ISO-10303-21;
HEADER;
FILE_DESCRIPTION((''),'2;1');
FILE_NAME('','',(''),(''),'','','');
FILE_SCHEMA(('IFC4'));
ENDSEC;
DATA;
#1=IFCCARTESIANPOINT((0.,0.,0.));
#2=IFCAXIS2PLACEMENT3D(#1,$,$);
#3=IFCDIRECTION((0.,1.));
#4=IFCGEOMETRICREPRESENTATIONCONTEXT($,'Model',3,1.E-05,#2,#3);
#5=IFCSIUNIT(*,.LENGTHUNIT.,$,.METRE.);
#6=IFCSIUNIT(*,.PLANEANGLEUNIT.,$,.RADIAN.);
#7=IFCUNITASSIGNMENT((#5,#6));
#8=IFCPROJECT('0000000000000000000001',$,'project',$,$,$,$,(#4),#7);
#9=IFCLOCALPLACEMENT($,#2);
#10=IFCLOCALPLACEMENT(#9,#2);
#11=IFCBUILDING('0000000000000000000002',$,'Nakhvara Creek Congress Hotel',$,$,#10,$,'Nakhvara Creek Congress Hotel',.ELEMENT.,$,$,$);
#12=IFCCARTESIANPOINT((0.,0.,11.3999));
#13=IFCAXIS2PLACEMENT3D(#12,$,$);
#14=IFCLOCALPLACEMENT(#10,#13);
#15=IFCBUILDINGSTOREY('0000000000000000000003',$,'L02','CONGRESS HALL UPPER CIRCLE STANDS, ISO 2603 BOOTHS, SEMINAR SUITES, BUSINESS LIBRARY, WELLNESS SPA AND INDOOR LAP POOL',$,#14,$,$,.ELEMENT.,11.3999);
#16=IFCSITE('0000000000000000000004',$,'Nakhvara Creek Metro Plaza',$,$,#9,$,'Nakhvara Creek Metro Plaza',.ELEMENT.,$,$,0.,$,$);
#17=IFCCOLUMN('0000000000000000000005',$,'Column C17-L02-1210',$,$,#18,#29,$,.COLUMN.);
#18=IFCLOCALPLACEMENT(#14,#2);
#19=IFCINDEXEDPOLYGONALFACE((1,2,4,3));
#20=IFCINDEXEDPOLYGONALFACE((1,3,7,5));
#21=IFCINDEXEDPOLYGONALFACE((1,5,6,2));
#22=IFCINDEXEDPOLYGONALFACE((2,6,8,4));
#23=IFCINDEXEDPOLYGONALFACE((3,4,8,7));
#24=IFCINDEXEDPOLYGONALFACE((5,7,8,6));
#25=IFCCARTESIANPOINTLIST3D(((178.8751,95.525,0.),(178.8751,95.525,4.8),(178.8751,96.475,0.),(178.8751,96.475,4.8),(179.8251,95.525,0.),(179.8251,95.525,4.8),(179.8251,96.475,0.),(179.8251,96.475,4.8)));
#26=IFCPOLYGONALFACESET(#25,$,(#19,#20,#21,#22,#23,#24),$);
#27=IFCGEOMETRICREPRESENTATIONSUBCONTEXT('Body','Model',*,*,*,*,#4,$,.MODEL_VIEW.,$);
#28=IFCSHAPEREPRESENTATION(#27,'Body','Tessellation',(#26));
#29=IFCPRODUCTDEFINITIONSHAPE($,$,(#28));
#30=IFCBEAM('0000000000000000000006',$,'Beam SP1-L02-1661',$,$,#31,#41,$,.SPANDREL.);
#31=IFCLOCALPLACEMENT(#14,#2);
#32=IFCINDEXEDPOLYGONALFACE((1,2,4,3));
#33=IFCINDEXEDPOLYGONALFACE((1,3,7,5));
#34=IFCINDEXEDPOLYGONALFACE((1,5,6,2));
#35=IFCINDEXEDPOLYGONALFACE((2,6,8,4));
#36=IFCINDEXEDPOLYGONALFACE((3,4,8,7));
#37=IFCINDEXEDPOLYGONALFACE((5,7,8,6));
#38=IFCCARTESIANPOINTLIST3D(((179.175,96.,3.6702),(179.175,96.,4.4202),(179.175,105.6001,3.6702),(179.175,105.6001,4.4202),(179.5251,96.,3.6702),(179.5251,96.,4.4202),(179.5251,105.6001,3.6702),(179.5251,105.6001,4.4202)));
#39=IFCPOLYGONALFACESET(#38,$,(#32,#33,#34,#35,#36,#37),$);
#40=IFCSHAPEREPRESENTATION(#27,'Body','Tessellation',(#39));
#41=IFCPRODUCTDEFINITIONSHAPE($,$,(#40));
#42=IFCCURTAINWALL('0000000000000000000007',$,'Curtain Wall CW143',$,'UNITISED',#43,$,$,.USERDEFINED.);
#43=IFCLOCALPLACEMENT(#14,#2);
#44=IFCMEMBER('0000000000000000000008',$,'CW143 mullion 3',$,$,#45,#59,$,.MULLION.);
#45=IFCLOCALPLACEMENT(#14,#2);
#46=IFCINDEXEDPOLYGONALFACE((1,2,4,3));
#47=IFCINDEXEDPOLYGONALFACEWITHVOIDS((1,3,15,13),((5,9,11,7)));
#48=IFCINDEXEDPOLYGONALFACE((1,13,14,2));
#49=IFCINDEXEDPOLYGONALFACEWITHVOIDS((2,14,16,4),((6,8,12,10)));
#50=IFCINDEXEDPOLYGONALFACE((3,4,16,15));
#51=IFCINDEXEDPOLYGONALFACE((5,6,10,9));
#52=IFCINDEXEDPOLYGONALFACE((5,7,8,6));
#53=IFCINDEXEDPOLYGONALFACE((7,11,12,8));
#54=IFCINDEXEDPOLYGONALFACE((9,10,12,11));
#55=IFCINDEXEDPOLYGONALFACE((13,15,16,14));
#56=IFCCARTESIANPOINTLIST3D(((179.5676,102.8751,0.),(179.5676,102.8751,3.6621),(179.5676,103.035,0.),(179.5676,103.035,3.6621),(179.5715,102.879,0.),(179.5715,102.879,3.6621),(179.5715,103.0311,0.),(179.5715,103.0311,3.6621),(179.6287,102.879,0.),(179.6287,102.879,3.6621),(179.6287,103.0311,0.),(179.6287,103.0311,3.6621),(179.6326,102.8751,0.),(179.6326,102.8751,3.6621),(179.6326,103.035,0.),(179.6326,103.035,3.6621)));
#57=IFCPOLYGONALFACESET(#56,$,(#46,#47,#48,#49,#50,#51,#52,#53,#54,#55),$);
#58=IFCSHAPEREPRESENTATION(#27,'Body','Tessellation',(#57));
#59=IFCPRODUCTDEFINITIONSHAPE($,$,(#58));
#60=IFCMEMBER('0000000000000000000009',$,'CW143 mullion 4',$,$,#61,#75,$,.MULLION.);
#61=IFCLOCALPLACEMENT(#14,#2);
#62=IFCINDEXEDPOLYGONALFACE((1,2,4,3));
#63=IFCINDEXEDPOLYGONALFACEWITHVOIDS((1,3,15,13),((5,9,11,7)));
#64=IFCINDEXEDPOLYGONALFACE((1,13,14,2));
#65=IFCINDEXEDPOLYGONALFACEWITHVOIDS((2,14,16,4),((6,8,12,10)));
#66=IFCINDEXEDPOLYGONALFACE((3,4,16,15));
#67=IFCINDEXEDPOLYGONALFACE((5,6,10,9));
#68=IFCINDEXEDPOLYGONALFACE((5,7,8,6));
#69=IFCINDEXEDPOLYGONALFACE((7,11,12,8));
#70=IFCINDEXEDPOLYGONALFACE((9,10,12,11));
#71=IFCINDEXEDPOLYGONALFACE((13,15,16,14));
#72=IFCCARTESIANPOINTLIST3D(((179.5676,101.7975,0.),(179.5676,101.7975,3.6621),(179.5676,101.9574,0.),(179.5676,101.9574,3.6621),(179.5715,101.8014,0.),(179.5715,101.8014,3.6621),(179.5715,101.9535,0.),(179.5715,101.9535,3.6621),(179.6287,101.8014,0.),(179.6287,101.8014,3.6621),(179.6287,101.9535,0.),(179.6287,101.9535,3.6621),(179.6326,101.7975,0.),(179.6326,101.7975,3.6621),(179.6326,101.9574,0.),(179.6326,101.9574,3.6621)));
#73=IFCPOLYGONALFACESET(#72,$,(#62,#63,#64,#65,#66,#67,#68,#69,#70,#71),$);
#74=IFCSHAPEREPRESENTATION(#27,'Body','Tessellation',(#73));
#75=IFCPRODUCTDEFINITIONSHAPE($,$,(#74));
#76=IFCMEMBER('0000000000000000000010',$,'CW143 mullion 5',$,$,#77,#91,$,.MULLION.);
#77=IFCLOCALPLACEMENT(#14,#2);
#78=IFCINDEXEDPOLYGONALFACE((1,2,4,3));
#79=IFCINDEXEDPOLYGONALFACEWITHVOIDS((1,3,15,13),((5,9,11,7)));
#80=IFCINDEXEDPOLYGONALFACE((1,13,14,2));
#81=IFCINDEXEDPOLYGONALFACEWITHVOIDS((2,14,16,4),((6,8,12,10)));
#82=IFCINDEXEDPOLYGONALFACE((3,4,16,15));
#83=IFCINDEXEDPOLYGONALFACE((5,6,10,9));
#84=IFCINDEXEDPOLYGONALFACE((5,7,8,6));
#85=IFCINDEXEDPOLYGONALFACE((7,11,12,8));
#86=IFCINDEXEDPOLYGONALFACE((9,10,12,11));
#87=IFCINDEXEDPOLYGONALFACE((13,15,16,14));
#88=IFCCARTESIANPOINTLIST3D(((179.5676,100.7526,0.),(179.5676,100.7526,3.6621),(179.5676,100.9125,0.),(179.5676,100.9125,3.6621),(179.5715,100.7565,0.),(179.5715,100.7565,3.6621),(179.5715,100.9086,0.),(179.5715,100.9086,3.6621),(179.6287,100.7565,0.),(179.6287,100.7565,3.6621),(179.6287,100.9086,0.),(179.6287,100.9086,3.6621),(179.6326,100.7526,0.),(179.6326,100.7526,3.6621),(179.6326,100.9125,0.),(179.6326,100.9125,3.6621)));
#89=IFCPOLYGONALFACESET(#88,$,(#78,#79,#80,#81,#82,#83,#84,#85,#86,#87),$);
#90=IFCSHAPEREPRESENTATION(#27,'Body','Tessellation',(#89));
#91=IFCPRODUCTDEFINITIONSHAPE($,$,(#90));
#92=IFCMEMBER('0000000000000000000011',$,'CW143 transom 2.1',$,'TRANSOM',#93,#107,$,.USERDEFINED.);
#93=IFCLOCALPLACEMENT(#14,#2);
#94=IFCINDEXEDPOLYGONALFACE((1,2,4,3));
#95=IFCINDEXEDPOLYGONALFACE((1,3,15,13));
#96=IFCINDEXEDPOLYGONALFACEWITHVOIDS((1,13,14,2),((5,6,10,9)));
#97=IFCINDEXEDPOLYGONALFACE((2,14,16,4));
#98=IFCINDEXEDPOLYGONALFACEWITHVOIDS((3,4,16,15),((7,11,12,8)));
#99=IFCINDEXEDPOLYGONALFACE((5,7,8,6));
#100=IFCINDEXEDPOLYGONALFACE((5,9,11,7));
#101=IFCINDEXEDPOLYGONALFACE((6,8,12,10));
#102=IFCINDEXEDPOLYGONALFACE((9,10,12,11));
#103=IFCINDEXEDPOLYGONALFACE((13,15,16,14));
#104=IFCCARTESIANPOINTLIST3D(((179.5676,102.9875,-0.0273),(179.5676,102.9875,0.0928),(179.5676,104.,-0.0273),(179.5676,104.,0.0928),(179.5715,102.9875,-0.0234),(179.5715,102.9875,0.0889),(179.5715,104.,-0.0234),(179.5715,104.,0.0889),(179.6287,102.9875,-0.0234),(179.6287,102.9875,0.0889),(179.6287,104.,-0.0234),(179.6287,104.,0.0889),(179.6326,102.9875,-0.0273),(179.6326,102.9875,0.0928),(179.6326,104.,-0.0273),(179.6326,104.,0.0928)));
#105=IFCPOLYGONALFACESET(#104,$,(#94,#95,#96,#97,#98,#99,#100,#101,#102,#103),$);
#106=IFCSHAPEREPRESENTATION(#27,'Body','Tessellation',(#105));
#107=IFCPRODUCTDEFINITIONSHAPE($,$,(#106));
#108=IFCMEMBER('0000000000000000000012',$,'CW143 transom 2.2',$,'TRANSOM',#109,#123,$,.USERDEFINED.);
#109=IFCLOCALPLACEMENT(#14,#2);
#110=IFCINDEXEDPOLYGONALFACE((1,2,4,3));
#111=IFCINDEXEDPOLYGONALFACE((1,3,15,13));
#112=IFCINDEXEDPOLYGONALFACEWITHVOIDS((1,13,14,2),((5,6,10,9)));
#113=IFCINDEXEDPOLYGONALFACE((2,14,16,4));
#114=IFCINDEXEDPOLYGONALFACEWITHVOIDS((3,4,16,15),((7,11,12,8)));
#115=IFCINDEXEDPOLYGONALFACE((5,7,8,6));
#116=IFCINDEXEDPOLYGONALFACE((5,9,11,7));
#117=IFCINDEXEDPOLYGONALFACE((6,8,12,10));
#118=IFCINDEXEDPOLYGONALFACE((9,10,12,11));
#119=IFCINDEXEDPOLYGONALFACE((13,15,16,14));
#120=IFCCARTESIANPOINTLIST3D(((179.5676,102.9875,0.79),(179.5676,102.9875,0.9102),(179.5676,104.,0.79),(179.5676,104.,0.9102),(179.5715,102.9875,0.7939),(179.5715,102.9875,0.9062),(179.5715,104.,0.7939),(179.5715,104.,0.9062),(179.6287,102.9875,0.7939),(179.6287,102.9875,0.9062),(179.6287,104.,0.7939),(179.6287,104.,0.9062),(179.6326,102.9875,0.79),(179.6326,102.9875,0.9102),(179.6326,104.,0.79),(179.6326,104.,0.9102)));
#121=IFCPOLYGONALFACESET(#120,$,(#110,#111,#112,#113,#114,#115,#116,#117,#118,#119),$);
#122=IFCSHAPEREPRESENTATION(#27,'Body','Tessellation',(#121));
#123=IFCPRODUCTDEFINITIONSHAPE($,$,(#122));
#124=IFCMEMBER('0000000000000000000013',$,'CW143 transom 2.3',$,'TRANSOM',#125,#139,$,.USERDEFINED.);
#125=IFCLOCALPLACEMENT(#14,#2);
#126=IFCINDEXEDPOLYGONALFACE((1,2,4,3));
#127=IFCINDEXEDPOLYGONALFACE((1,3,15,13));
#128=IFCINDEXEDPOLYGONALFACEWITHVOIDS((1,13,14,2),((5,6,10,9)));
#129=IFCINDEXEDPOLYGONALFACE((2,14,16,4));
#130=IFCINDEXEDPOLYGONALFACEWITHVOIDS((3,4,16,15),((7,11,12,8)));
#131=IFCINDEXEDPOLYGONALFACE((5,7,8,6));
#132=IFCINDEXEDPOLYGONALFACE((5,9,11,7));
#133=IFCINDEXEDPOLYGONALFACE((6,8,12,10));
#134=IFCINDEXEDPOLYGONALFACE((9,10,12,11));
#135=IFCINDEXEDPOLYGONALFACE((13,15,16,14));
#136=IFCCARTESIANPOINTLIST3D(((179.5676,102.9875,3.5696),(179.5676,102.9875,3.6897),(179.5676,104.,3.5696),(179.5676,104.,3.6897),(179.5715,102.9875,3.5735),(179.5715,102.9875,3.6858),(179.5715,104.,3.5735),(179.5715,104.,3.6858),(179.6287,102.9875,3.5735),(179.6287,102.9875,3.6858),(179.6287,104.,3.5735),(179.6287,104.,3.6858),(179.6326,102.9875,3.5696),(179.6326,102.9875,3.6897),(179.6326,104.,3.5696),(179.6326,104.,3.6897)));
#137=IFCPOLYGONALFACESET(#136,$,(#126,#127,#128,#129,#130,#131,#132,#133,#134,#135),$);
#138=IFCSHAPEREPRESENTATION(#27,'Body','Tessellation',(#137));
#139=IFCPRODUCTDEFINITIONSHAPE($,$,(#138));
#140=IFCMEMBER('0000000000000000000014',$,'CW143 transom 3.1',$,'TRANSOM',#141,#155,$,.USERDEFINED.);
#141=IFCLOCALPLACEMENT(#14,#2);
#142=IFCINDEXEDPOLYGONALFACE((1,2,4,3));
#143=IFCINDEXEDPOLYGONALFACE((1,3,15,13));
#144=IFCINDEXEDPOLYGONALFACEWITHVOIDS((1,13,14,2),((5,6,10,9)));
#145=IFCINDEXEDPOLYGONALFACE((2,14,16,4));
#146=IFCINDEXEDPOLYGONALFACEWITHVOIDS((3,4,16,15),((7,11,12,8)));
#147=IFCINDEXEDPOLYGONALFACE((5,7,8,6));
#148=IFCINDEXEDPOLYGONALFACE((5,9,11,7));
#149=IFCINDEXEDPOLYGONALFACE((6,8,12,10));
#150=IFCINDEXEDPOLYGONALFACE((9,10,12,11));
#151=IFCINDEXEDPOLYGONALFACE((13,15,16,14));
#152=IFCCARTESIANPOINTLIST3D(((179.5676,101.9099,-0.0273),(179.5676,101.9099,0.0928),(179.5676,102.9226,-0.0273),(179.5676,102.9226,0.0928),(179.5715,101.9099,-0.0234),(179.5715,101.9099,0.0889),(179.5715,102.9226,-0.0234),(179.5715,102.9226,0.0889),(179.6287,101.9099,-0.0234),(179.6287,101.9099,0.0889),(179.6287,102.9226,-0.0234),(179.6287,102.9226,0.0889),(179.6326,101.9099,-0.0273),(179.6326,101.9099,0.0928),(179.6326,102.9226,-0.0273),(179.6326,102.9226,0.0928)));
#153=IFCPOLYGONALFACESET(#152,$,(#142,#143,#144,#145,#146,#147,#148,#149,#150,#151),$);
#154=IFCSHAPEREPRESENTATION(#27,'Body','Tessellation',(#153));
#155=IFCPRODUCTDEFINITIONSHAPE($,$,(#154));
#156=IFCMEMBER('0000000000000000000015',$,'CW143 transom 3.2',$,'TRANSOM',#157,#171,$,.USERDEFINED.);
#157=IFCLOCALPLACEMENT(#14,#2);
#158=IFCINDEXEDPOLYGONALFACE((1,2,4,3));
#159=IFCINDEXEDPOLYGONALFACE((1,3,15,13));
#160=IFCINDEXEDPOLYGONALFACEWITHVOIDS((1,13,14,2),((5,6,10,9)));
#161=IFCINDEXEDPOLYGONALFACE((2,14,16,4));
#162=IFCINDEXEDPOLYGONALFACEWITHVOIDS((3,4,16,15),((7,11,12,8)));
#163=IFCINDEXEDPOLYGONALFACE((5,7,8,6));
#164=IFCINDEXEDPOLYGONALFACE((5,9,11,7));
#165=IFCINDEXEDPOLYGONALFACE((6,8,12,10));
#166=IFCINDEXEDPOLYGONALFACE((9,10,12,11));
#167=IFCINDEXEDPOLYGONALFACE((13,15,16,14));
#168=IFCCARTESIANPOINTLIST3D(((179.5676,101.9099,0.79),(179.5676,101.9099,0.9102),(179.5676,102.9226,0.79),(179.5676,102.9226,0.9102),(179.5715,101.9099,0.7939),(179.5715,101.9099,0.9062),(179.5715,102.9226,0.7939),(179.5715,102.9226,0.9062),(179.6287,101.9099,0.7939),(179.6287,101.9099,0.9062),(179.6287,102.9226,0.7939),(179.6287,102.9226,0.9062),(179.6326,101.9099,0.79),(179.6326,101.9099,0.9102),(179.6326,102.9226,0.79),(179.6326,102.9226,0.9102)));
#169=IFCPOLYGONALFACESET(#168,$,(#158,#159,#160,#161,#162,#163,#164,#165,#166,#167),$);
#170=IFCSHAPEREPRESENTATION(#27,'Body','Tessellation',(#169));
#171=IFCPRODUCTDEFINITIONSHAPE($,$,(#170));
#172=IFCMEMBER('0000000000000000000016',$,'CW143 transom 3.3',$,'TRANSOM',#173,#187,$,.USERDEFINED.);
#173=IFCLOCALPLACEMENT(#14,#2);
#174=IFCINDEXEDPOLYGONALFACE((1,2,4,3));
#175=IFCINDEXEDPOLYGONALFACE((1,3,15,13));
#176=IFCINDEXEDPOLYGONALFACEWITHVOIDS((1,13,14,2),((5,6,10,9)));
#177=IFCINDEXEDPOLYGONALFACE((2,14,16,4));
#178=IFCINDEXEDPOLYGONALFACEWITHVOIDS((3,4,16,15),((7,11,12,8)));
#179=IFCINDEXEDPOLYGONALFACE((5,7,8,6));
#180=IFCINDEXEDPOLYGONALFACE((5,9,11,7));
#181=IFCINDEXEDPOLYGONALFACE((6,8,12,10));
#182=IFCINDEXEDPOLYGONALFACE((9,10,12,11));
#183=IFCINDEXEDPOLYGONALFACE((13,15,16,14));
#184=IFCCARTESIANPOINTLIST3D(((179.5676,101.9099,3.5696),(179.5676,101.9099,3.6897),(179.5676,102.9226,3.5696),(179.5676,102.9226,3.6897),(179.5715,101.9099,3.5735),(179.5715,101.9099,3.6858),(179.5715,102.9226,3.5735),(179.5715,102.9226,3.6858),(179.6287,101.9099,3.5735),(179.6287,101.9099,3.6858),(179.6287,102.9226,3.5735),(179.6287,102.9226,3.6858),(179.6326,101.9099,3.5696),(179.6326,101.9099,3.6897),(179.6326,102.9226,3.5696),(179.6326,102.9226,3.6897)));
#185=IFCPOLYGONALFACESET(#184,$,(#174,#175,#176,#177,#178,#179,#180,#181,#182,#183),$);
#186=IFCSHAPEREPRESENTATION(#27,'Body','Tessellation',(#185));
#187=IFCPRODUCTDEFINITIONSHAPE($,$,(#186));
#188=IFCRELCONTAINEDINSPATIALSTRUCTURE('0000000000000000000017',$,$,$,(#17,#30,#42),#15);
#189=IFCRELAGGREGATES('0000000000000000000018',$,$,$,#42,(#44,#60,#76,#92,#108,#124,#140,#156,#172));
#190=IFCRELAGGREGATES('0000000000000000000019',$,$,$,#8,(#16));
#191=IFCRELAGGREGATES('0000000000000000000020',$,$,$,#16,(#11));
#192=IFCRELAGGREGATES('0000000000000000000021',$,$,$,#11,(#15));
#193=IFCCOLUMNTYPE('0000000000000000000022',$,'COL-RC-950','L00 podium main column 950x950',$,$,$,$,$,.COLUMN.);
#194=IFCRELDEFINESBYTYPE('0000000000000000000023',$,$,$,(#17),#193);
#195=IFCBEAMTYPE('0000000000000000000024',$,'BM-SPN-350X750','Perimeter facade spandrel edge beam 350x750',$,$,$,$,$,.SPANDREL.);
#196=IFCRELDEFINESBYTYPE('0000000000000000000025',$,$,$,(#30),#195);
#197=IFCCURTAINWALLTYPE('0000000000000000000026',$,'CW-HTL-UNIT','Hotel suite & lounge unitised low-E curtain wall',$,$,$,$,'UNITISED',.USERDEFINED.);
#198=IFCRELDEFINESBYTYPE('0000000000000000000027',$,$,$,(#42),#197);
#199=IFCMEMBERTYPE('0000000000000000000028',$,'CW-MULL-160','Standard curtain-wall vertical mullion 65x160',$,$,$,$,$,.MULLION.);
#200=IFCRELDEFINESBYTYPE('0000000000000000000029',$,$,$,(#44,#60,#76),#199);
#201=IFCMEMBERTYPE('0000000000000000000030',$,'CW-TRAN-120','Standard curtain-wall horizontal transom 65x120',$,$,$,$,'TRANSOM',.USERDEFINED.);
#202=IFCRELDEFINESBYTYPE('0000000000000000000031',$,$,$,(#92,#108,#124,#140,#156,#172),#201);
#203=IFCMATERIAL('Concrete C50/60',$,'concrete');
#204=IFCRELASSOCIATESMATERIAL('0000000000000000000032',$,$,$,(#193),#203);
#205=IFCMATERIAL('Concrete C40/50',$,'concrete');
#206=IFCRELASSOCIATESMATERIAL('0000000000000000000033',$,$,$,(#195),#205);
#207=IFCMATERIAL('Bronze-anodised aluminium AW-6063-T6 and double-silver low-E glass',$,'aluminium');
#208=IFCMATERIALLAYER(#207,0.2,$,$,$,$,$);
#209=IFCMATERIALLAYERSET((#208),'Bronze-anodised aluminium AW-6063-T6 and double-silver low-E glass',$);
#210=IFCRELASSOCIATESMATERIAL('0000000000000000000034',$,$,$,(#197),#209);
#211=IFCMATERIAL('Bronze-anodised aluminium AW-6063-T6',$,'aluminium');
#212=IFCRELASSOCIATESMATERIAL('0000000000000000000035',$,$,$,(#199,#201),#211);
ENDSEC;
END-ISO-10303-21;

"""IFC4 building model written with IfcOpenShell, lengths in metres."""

from ifc_helpers import new_model, si_unit, direction, frame, origin, origin_2d, place, context, subcontext, project, spatial, rectangle, hollow_rectangle, extrude, material, layer, layer_set, material_profile, profile_set, type_object, element, aggregate, save


model = new_model("IFC4")

# Units and contexts
model_context = context("Model", 3, precision=1e-05, world=origin(), true_north=direction((0.0, 1.0)))
body_context = subcontext(model_context, "Body", "Model", "MODEL_VIEW")
ifc_project = project(units=[si_unit("LENGTHUNIT", "METRE"), si_unit("PLANEANGLEUNIT", "RADIAN")], contexts=[model_context])

# Site, building, storey
site_placement = place(None, origin())
site = spatial("IfcSite", under=ifc_project, at=site_placement, Name="Nakhvara Creek Metro Plaza", LongName="Nakhvara Creek Metro Plaza", CompositionType="ELEMENT", RefElevation=0.0)
building_placement = place(site_placement, origin())
building = spatial("IfcBuilding", under=site, at=building_placement, Name="Nakhvara Creek Congress Hotel", LongName="Nakhvara Creek Congress Hotel", CompositionType="ELEMENT")
storey_placement = place(building_placement, frame((0.0, 0.0, 11.3999)))
storey = spatial("IfcBuildingStorey", under=building, at=storey_placement, Name="L02", Description="CONGRESS HALL UPPER CIRCLE STANDS, ISO 2603 BOOTHS, SEMINAR SUITES, BUSINESS LIBRARY, WELLNESS SPA AND INDOOR LAP POOL", CompositionType="ELEMENT", Elevation=11.3999)

# Column
ifc_material_1 = material(Name="Concrete C50/60", Category="concrete")
ifc_material_profile_1 = material_profile(ifc_material_1, rectangle(XDim=0.95, YDim=0.95, at=origin_2d()), Name="RC-COL 950x950", Category="LoadBearing")
ifc_profile_set_1 = profile_set([ifc_material_profile_1], Name="Concrete C50/60")
column_type = type_object("IfcColumnType", Name="COL-RC-950", Description="L00 podium main column 950x950", PredefinedType="COLUMN", material=ifc_profile_set_1)
column_placement = place(storey_placement, frame((179.3501, 96.0, 0.0), z_axis=(0.0, 0.0, 1.0), x_axis=(1.0, 0.0, 0.0)))
element("IfcColumn", 1, at=column_placement, inside=storey, type_object=column_type, Name="Column C17-L02-1210", PredefinedType="COLUMN", context=body_context, shape_type="SweptSolid", body=[
    extrude(rectangle(XDim=0.95, YDim=0.95, at=origin_2d()), origin(), (0.0, 0.0, 1.0), 4.8),
])

# Beam
ifc_material_2 = material(Name="Concrete C40/50", Category="concrete")
ifc_material_profile_2 = material_profile(ifc_material_2, rectangle(XDim=0.3501, YDim=0.75, at=origin_2d()), Name="RC-SPANDREL 350x750", Category="LoadBearing")
ifc_profile_set_2 = profile_set([ifc_material_profile_2], Name="Concrete C40/50")
beam_type = type_object("IfcBeamType", Name="BM-SPN-350X750", Description="Perimeter facade spandrel edge beam 350x750", PredefinedType="SPANDREL", material=ifc_profile_set_2)
beam_placement = place(storey_placement, frame((179.3501, 96.0, 4.0452), z_axis=(0.0, 1.0, 0.0), x_axis=(-1.0, 0.0, 0.0)))
element("IfcBeam", 2, at=beam_placement, inside=storey, type_object=beam_type, Name="Beam SP1-L02-1661", PredefinedType="SPANDREL", context=body_context, shape_type="SweptSolid", body=[
    extrude(rectangle(XDim=0.3501, YDim=0.75, at=origin_2d()), origin(), (0.0, 0.0, 1.0), 9.6001),
])

# Curtain wall, members
ifc_material_3 = material(Name="Bronze-anodised aluminium AW-6063-T6 and double-silver low-E glass", Category="aluminium")
ifc_layer_1 = layer(ifc_material_3, 0.2)
ifc_layer_set_1 = layer_set([ifc_layer_1], Name="Bronze-anodised aluminium AW-6063-T6 and double-silver low-E glass")
curtain_wall_type = type_object("IfcCurtainWallType", Name="CW-HTL-UNIT", Description="Hotel suite & lounge unitised low-E curtain wall", ElementType="UNITISED", PredefinedType="USERDEFINED", material=ifc_layer_set_1)
curtain_wall_placement = place(storey_placement, origin())
curtain_wall = element("IfcCurtainWall", 3, at=curtain_wall_placement, inside=storey, type_object=curtain_wall_type, Name="Curtain Wall CW143", ObjectType="UNITISED", PredefinedType="USERDEFINED")
ifc_material_4 = material(Name="Bronze-anodised aluminium AW-6063-T6", Category="aluminium")
ifc_material_profile_3 = material_profile(ifc_material_4, hollow_rectangle(XDim=0.0649, YDim=0.1599, WallThickness=0.0039, at=origin_2d()), Name="ALU-MULL 65x160x4", Category="LoadBearing")
ifc_profile_set_3 = profile_set([ifc_material_profile_3], Name="Bronze-anodised aluminium AW-6063-T6")
member_type_1 = type_object("IfcMemberType", Name="CW-MULL-160", Description="Standard curtain-wall vertical mullion 65x160", PredefinedType="MULLION", material=ifc_profile_set_3)
member_1_placement = place(storey_placement, frame((179.6001, 102.9551, 0.0), z_axis=(0.0, 0.0, 1.0), x_axis=(1.0, 0.0, 0.0)))
member_1 = element("IfcMember", 4, at=member_1_placement, type_object=member_type_1, Name="CW143 mullion 3", PredefinedType="MULLION", context=body_context, shape_type="SweptSolid", body=[
    extrude(hollow_rectangle(XDim=0.0649, YDim=0.1599, WallThickness=0.0039, at=origin_2d()), origin(), (0.0, 0.0, 1.0), 3.6621),
])
member_2_placement = place(storey_placement, frame((179.6001, 101.8774, 0.0), z_axis=(0.0, 0.0, 1.0), x_axis=(1.0, 0.0, 0.0)))
member_2 = element("IfcMember", 5, at=member_2_placement, type_object=member_type_1, Name="CW143 mullion 4", PredefinedType="MULLION", context=body_context, shape_type="SweptSolid", body=[
    extrude(hollow_rectangle(XDim=0.0649, YDim=0.1599, WallThickness=0.0039, at=origin_2d()), origin(), (0.0, 0.0, 1.0), 3.6621),
])
member_3_placement = place(storey_placement, frame((179.6001, 100.8325, 0.0), z_axis=(0.0, 0.0, 1.0), x_axis=(1.0, 0.0, 0.0)))
member_3 = element("IfcMember", 6, at=member_3_placement, type_object=member_type_1, Name="CW143 mullion 5", PredefinedType="MULLION", context=body_context, shape_type="SweptSolid", body=[
    extrude(hollow_rectangle(XDim=0.0649, YDim=0.1599, WallThickness=0.0039, at=origin_2d()), origin(), (0.0, 0.0, 1.0), 3.6621),
])
ifc_material_profile_4 = material_profile(ifc_material_4, hollow_rectangle(XDim=0.0649, YDim=0.1201, WallThickness=0.0039, at=origin_2d()), Name="ALU-TRAN 65x120x4", Category="LoadBearing")
ifc_profile_set_4 = profile_set([ifc_material_profile_4], Name="Bronze-anodised aluminium AW-6063-T6")
member_type_2 = type_object("IfcMemberType", Name="CW-TRAN-120", Description="Standard curtain-wall horizontal transom 65x120", ElementType="TRANSOM", PredefinedType="USERDEFINED", material=ifc_profile_set_4)
member_4_placement = place(storey_placement, frame((179.6001, 104.0, 0.0327), z_axis=(0.0, -1.0, 0.0), x_axis=(1.0, 0.0, 0.0)))
member_4 = element("IfcMember", 7, at=member_4_placement, type_object=member_type_2, Name="CW143 transom 2.1", ObjectType="TRANSOM", PredefinedType="USERDEFINED", context=body_context, shape_type="SweptSolid", body=[
    extrude(hollow_rectangle(XDim=0.0649, YDim=0.1201, WallThickness=0.0039, at=origin_2d()), origin(), (0.0, 0.0, 1.0), 1.0125),
])
member_5_placement = place(storey_placement, frame((179.6001, 104.0, 0.8501), z_axis=(0.0, -1.0, 0.0), x_axis=(1.0, 0.0, 0.0)))
member_5 = element("IfcMember", 8, at=member_5_placement, type_object=member_type_2, Name="CW143 transom 2.2", ObjectType="TRANSOM", PredefinedType="USERDEFINED", context=body_context, shape_type="SweptSolid", body=[
    extrude(hollow_rectangle(XDim=0.0649, YDim=0.1201, WallThickness=0.0039, at=origin_2d()), origin(), (0.0, 0.0, 1.0), 1.0125),
])
member_6_placement = place(storey_placement, frame((179.6001, 104.0, 3.6296), z_axis=(0.0, -1.0, 0.0), x_axis=(1.0, 0.0, 0.0)))
member_6 = element("IfcMember", 9, at=member_6_placement, type_object=member_type_2, Name="CW143 transom 2.3", ObjectType="TRANSOM", PredefinedType="USERDEFINED", context=body_context, shape_type="SweptSolid", body=[
    extrude(hollow_rectangle(XDim=0.0649, YDim=0.1201, WallThickness=0.0039, at=origin_2d()), origin(), (0.0, 0.0, 1.0), 1.0125),
])
member_7_placement = place(storey_placement, frame((179.6001, 102.9226, 0.0327), z_axis=(0.0, -1.0, 0.0), x_axis=(1.0, 0.0, 0.0)))
member_7 = element("IfcMember", 10, at=member_7_placement, type_object=member_type_2, Name="CW143 transom 3.1", ObjectType="TRANSOM", PredefinedType="USERDEFINED", context=body_context, shape_type="SweptSolid", body=[
    extrude(hollow_rectangle(XDim=0.0649, YDim=0.1201, WallThickness=0.0039, at=origin_2d()), origin(), (0.0, 0.0, 1.0), 1.0127),
])
member_8_placement = place(storey_placement, frame((179.6001, 102.9226, 0.8501), z_axis=(0.0, -1.0, 0.0), x_axis=(1.0, 0.0, 0.0)))
member_8 = element("IfcMember", 11, at=member_8_placement, type_object=member_type_2, Name="CW143 transom 3.2", ObjectType="TRANSOM", PredefinedType="USERDEFINED", context=body_context, shape_type="SweptSolid", body=[
    extrude(hollow_rectangle(XDim=0.0649, YDim=0.1201, WallThickness=0.0039, at=origin_2d()), origin(), (0.0, 0.0, 1.0), 1.0127),
])
member_9_placement = place(storey_placement, frame((179.6001, 102.9226, 3.6296), z_axis=(0.0, -1.0, 0.0), x_axis=(1.0, 0.0, 0.0)))
member_9 = element("IfcMember", 12, at=member_9_placement, type_object=member_type_2, Name="CW143 transom 3.3", ObjectType="TRANSOM", PredefinedType="USERDEFINED", context=body_context, shape_type="SweptSolid", body=[
    extrude(hollow_rectangle(XDim=0.0649, YDim=0.1201, WallThickness=0.0039, at=origin_2d()), origin(), (0.0, 0.0, 1.0), 1.0127),
])
aggregate(curtain_wall, [member_1, member_2, member_3, member_4, member_5, member_6, member_7, member_8, member_9])

save(model, "model.ifc")
